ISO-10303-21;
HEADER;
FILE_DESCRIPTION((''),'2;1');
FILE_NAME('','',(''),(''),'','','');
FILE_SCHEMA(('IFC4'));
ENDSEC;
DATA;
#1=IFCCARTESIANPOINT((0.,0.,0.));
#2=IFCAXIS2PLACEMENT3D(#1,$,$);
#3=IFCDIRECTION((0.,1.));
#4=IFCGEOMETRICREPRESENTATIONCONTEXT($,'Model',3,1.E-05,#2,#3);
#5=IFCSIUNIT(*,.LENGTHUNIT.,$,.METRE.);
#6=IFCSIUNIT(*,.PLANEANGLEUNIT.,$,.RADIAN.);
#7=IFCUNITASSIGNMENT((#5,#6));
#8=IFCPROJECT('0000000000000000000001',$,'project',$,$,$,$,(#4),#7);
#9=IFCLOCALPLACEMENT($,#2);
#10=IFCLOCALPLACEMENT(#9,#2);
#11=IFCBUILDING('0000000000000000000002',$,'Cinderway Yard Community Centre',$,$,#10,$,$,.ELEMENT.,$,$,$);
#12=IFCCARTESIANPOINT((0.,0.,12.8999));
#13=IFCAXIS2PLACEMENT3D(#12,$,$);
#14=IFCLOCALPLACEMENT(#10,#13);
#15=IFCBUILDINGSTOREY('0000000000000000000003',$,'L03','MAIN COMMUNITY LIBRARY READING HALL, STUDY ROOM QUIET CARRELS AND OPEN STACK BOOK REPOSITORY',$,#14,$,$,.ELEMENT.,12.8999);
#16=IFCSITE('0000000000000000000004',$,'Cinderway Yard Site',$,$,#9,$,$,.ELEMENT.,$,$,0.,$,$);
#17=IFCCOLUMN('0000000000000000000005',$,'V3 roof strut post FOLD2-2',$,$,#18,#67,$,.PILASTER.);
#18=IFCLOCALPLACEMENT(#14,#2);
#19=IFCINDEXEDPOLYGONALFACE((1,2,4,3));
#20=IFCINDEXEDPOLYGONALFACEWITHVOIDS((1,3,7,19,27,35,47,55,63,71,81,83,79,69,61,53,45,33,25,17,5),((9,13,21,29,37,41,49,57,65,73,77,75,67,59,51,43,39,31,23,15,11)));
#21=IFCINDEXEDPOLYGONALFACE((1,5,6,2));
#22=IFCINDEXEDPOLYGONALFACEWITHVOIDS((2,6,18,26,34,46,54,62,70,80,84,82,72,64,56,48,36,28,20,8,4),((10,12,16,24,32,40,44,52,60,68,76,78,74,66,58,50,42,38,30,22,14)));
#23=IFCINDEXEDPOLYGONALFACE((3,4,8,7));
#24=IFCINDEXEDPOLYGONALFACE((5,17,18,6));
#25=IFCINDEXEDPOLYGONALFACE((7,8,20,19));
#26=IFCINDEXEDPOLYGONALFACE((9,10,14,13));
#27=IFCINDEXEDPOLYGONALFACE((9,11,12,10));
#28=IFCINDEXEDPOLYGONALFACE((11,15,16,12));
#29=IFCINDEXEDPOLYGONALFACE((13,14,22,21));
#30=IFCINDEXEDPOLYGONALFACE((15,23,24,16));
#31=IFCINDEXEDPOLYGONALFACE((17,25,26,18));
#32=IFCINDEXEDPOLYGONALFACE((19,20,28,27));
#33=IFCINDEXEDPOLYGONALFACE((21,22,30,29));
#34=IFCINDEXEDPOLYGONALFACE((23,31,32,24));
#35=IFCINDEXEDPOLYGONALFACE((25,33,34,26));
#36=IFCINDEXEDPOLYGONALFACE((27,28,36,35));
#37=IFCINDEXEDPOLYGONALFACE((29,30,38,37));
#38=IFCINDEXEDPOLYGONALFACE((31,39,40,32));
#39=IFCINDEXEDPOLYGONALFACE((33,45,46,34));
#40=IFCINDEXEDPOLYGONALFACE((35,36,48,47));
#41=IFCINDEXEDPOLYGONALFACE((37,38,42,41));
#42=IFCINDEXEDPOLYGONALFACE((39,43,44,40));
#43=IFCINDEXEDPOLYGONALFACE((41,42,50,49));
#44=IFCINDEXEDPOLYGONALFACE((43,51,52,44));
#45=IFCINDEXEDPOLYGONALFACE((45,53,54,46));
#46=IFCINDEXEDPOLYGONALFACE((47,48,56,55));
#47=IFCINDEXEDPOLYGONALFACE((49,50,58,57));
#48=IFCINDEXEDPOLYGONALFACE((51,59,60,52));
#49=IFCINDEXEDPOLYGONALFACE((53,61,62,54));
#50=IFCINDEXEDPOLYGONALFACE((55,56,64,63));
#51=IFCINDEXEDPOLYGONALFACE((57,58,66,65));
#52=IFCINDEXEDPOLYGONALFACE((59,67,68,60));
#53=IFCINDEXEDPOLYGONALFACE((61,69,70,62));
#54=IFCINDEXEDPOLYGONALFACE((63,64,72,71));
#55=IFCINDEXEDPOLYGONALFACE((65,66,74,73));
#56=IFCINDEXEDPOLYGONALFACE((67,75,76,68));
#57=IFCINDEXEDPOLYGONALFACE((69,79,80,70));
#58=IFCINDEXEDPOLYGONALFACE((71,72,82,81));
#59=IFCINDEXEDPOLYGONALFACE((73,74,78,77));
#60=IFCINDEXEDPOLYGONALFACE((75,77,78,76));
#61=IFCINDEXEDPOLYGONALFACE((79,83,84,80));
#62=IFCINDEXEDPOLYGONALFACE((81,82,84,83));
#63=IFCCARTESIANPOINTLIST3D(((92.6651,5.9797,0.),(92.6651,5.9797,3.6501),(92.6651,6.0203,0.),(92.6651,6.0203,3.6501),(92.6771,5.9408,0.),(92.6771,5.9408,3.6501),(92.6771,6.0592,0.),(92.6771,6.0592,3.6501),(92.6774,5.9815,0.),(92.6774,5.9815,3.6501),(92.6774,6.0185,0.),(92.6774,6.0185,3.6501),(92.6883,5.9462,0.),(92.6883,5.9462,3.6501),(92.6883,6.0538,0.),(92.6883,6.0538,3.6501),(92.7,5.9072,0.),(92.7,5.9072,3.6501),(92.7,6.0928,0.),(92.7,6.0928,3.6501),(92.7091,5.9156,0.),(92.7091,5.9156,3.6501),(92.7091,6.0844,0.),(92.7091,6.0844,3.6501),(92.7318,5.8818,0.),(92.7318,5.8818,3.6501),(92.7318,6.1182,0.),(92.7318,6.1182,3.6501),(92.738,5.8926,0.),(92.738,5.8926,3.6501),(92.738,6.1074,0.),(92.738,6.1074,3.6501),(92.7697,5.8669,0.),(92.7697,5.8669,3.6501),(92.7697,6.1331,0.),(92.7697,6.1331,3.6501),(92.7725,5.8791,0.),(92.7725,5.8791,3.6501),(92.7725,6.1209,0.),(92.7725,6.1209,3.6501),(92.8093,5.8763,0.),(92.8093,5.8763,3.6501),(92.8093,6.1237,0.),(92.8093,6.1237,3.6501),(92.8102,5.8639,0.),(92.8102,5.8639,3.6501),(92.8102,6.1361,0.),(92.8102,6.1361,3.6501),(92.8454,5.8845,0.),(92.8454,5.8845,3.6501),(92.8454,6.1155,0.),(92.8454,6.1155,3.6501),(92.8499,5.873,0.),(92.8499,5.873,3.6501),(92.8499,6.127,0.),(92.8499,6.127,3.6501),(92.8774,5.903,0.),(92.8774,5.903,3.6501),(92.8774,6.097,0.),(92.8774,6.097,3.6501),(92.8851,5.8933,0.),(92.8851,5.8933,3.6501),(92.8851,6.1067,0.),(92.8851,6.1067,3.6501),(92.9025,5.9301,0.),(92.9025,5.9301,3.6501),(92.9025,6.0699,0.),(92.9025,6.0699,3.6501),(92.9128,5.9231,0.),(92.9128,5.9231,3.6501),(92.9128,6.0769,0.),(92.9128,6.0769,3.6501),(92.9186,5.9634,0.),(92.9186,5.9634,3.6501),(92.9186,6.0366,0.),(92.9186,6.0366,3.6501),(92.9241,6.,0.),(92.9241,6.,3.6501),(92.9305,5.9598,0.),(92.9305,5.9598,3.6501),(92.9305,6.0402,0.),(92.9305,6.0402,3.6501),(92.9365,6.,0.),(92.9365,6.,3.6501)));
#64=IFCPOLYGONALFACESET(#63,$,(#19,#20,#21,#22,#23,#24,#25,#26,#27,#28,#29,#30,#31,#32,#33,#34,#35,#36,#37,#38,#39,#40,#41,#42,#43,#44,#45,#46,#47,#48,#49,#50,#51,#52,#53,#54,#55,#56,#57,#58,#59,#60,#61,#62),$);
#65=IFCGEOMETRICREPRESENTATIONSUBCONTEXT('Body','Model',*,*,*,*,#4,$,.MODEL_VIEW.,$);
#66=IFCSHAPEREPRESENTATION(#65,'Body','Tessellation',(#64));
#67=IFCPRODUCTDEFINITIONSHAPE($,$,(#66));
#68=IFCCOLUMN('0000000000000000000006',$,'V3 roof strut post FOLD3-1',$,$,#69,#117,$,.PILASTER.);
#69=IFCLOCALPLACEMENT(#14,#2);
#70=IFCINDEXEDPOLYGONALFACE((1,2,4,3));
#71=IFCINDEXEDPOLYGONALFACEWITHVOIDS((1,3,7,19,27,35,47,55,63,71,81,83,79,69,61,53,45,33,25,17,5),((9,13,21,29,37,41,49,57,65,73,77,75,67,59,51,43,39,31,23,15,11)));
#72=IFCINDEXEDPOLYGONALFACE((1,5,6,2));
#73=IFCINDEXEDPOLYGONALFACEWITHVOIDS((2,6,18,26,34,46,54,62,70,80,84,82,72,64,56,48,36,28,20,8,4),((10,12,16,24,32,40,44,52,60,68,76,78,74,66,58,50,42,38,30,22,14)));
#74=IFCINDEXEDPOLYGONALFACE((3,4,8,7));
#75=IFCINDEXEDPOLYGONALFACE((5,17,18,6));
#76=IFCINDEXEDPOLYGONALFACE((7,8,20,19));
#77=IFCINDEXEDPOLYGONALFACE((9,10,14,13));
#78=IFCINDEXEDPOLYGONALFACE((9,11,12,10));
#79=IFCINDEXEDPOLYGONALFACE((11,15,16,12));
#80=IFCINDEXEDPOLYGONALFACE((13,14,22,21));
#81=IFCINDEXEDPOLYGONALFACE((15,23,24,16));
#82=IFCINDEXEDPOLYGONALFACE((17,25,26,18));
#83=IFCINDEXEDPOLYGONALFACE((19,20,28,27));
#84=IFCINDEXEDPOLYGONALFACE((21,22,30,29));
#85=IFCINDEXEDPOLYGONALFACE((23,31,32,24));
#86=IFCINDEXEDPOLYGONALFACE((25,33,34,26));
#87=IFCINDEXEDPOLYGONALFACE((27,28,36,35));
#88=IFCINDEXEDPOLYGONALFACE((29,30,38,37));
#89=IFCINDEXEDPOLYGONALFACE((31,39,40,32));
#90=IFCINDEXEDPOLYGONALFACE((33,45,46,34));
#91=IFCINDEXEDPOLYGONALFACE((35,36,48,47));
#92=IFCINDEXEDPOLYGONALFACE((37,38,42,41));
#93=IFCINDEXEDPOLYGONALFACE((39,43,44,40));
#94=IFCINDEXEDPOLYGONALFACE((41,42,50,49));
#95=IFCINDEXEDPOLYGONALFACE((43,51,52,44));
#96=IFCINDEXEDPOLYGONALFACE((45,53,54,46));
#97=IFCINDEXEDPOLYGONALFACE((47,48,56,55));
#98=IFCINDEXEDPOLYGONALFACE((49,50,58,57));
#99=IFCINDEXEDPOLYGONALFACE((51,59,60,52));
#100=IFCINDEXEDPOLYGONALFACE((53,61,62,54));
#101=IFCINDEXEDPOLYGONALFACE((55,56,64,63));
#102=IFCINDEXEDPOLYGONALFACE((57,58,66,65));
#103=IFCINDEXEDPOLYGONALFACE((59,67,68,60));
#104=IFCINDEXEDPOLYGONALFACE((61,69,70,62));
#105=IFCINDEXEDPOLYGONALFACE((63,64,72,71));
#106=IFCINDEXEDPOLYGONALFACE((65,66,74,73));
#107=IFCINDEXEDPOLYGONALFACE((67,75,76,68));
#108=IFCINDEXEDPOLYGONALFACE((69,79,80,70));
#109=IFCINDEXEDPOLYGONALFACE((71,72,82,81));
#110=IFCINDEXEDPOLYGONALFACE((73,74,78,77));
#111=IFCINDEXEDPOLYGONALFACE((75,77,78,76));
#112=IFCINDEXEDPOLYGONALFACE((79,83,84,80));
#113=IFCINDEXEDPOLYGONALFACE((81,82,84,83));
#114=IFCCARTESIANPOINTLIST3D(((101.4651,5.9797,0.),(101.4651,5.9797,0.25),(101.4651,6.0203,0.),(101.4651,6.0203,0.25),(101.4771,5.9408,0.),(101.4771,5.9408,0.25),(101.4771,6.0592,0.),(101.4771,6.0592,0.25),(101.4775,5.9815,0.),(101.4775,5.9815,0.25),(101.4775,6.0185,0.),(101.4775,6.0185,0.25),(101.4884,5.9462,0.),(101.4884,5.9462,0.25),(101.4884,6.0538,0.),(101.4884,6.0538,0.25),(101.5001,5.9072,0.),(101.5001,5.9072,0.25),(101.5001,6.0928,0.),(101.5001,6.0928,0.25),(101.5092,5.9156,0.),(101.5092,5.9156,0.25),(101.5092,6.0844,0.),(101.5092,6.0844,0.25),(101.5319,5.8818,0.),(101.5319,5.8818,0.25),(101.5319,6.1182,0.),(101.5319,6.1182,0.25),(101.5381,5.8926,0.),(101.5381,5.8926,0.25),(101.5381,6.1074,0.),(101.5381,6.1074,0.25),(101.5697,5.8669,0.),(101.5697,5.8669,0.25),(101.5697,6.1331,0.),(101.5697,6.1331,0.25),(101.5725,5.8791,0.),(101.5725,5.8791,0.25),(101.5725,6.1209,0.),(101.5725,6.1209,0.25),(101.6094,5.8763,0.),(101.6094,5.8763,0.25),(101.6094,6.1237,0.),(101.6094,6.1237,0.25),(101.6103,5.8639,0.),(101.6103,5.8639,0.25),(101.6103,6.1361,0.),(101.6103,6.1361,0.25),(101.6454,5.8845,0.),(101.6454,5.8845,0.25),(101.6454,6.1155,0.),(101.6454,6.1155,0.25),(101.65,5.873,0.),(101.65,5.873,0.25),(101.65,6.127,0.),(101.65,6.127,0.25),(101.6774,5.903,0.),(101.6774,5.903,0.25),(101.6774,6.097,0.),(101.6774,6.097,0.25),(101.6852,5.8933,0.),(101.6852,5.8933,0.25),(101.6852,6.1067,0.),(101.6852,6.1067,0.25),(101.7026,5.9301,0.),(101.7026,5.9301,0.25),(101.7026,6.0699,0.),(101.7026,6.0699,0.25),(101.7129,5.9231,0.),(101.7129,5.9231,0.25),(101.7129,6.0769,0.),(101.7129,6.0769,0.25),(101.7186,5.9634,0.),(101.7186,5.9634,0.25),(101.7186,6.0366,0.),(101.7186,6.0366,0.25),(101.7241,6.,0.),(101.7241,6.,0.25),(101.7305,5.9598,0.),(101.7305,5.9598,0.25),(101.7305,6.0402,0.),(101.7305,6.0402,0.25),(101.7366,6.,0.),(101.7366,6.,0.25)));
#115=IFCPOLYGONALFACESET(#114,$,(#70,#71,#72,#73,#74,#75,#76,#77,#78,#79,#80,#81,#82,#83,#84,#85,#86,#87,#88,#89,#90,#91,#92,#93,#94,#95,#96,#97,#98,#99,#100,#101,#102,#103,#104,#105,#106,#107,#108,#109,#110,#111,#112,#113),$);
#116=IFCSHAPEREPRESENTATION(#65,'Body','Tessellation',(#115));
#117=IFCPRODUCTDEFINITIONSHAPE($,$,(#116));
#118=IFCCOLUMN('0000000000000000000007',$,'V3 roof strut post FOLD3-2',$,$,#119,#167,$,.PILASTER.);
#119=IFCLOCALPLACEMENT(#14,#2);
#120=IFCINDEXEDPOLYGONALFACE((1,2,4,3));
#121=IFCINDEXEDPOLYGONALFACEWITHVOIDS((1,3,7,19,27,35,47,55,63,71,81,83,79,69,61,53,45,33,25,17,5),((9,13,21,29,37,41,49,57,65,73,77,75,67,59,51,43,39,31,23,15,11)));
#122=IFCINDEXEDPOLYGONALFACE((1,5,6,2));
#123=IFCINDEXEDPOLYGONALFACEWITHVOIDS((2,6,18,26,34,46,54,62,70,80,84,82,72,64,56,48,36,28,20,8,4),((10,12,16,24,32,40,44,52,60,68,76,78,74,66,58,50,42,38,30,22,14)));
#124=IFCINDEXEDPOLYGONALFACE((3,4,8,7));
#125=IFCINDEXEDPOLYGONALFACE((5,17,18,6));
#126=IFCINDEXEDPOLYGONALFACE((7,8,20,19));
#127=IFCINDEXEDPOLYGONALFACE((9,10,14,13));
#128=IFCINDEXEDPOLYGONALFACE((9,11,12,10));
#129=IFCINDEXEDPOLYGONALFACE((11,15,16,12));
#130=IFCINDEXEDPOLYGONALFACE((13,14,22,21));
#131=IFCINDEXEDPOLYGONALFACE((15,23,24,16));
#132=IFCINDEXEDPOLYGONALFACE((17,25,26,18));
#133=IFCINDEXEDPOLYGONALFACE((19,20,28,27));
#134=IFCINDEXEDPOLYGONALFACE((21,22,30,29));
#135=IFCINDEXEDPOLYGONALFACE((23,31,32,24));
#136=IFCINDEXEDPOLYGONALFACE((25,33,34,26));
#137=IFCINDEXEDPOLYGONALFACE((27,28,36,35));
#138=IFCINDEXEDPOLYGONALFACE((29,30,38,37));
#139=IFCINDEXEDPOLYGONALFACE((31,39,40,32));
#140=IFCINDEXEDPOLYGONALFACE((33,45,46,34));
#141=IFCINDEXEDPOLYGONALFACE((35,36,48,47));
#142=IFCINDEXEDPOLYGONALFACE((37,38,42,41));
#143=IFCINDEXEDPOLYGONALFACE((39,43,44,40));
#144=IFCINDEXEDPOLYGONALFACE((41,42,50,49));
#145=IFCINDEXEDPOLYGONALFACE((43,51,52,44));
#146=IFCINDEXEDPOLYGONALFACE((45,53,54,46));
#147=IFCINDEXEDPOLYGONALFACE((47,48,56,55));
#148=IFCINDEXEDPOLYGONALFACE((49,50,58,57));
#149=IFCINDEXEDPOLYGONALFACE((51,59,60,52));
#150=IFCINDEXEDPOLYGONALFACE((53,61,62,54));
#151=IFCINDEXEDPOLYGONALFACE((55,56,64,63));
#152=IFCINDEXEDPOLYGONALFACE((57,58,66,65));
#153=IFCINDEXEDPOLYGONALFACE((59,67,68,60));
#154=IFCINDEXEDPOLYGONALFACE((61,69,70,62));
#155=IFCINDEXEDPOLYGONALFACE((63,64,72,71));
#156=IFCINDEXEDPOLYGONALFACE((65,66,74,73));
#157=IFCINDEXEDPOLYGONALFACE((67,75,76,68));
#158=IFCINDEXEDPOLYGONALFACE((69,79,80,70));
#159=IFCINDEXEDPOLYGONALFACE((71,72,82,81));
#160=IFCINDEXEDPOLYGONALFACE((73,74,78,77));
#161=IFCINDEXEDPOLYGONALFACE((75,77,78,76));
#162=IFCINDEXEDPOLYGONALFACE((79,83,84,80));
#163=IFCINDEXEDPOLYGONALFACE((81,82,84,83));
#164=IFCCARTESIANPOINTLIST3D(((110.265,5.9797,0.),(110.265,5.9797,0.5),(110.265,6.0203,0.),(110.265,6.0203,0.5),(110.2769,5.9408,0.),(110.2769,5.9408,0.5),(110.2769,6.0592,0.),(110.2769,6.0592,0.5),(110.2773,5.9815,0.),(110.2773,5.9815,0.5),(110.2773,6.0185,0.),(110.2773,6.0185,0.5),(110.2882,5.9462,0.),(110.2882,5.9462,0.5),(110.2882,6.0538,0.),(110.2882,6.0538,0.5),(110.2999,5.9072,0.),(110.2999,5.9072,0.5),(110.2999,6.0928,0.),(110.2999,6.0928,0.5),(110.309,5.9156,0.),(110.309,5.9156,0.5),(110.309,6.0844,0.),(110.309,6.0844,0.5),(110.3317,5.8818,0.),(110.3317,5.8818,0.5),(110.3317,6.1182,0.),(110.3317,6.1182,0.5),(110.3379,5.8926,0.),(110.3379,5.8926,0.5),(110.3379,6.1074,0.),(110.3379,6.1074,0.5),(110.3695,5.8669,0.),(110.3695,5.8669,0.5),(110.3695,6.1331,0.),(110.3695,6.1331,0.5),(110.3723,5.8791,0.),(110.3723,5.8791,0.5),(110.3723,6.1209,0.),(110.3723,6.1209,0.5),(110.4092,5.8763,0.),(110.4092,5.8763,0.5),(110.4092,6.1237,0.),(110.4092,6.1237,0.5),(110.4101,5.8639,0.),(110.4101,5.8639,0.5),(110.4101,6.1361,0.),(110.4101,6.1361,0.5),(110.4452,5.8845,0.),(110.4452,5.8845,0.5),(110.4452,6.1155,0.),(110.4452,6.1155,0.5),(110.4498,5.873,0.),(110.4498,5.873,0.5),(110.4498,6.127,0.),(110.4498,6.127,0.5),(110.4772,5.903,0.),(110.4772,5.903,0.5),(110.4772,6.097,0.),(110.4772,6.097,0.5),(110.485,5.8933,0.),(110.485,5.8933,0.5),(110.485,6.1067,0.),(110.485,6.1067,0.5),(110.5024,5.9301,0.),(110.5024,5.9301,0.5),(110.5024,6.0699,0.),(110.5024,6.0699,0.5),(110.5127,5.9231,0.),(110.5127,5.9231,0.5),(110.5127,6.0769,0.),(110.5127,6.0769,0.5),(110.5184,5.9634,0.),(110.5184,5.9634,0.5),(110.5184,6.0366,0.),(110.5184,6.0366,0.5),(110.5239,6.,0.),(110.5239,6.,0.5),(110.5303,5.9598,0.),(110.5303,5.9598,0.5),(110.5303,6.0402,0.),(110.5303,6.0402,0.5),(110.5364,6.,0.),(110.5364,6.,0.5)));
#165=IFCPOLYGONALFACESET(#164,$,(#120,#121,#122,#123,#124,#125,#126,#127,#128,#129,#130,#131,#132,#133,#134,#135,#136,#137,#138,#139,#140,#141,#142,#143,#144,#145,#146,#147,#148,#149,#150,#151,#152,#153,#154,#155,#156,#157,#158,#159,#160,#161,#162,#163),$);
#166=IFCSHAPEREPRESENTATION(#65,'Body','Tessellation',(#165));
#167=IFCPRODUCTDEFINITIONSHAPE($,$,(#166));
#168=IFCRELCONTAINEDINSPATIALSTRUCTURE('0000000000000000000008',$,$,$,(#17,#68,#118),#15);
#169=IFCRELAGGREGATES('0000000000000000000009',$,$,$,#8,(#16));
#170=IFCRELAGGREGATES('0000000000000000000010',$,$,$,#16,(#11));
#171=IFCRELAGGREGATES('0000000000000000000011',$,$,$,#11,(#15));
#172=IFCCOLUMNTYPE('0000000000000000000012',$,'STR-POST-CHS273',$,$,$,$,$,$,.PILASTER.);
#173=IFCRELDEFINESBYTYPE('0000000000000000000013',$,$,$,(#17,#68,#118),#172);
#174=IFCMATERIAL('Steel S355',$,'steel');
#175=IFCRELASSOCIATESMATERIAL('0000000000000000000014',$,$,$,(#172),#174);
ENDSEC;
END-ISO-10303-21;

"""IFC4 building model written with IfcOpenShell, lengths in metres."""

from ifc_helpers import new_model, si_unit, direction, frame, origin, origin_2d, place, context, subcontext, project, spatial, hollow_circle, extrude, material, material_profile, profile_set, type_object, element, save


model = new_model("IFC4")

# Units and contexts
model_context = context("Model", 3, precision=1e-05, world=origin(), true_north=direction((0.0, 1.0)))
body_context = subcontext(model_context, "Body", "Model", "MODEL_VIEW")
ifc_project = project(units=[si_unit("LENGTHUNIT", "METRE"), si_unit("PLANEANGLEUNIT", "RADIAN")], contexts=[model_context])

# Site, building, storey
site_placement = place(None, origin())
site = spatial("IfcSite", under=ifc_project, at=site_placement, Name="Cinderway Yard Site", CompositionType="ELEMENT", RefElevation=0.0)
building_placement = place(site_placement, origin())
building = spatial("IfcBuilding", under=site, at=building_placement, Name="Cinderway Yard Community Centre", CompositionType="ELEMENT")
storey_placement = place(building_placement, frame((0.0, 0.0, 12.8999)))
storey = spatial("IfcBuildingStorey", under=building, at=storey_placement, Name="L03", Description="MAIN COMMUNITY LIBRARY READING HALL, STUDY ROOM QUIET CARRELS AND OPEN STACK BOOK REPOSITORY", CompositionType="ELEMENT", Elevation=12.8999)

# Columns
ifc_material_1 = material(Name="Steel S355", Category="steel")
ifc_material_profile_1 = material_profile(ifc_material_1, hollow_circle(Radius=0.1365, WallThickness=0.0125, at=origin_2d()), Name="Steel S355")
ifc_profile_set_1 = profile_set([ifc_material_profile_1], Name="Steel S355")
column_type = type_object("IfcColumnType", Name="STR-POST-CHS273", PredefinedType="PILASTER", material=ifc_profile_set_1)
column_1_placement = place(storey_placement, frame((92.8, 6.0, 0.0), z_axis=(0.0, 0.0, 1.0), x_axis=(1.0, 0.0, 0.0)))
element("IfcColumn", 1, at=column_1_placement, inside=storey, type_object=column_type, Name="V3 roof strut post FOLD2-2", PredefinedType="PILASTER", context=body_context, shape_type="SweptSolid", body=[
    extrude(hollow_circle(Radius=0.1365, WallThickness=0.0125, at=origin_2d()), origin(), (0.0, 0.0, 1.0), 3.6501),
])
column_2_placement = place(storey_placement, frame((101.6001, 6.0, 0.0), z_axis=(0.0, 0.0, 1.0), x_axis=(1.0, 0.0, 0.0)))
element("IfcColumn", 2, at=column_2_placement, inside=storey, type_object=column_type, Name="V3 roof strut post FOLD3-1", PredefinedType="PILASTER", context=body_context, shape_type="SweptSolid", body=[
    extrude(hollow_circle(Radius=0.1365, WallThickness=0.0125, at=origin_2d()), origin(), (0.0, 0.0, 1.0), 0.25),
])
column_3_placement = place(storey_placement, frame((110.3999, 6.0, 0.0), z_axis=(0.0, 0.0, 1.0), x_axis=(1.0, 0.0, 0.0)))
element("IfcColumn", 3, at=column_3_placement, inside=storey, type_object=column_type, Name="V3 roof strut post FOLD3-2", PredefinedType="PILASTER", context=body_context, shape_type="SweptSolid", body=[
    extrude(hollow_circle(Radius=0.1365, WallThickness=0.0125, at=origin_2d()), origin(), (0.0, 0.0, 1.0), 0.5),
])

save(model, "model.ifc")
